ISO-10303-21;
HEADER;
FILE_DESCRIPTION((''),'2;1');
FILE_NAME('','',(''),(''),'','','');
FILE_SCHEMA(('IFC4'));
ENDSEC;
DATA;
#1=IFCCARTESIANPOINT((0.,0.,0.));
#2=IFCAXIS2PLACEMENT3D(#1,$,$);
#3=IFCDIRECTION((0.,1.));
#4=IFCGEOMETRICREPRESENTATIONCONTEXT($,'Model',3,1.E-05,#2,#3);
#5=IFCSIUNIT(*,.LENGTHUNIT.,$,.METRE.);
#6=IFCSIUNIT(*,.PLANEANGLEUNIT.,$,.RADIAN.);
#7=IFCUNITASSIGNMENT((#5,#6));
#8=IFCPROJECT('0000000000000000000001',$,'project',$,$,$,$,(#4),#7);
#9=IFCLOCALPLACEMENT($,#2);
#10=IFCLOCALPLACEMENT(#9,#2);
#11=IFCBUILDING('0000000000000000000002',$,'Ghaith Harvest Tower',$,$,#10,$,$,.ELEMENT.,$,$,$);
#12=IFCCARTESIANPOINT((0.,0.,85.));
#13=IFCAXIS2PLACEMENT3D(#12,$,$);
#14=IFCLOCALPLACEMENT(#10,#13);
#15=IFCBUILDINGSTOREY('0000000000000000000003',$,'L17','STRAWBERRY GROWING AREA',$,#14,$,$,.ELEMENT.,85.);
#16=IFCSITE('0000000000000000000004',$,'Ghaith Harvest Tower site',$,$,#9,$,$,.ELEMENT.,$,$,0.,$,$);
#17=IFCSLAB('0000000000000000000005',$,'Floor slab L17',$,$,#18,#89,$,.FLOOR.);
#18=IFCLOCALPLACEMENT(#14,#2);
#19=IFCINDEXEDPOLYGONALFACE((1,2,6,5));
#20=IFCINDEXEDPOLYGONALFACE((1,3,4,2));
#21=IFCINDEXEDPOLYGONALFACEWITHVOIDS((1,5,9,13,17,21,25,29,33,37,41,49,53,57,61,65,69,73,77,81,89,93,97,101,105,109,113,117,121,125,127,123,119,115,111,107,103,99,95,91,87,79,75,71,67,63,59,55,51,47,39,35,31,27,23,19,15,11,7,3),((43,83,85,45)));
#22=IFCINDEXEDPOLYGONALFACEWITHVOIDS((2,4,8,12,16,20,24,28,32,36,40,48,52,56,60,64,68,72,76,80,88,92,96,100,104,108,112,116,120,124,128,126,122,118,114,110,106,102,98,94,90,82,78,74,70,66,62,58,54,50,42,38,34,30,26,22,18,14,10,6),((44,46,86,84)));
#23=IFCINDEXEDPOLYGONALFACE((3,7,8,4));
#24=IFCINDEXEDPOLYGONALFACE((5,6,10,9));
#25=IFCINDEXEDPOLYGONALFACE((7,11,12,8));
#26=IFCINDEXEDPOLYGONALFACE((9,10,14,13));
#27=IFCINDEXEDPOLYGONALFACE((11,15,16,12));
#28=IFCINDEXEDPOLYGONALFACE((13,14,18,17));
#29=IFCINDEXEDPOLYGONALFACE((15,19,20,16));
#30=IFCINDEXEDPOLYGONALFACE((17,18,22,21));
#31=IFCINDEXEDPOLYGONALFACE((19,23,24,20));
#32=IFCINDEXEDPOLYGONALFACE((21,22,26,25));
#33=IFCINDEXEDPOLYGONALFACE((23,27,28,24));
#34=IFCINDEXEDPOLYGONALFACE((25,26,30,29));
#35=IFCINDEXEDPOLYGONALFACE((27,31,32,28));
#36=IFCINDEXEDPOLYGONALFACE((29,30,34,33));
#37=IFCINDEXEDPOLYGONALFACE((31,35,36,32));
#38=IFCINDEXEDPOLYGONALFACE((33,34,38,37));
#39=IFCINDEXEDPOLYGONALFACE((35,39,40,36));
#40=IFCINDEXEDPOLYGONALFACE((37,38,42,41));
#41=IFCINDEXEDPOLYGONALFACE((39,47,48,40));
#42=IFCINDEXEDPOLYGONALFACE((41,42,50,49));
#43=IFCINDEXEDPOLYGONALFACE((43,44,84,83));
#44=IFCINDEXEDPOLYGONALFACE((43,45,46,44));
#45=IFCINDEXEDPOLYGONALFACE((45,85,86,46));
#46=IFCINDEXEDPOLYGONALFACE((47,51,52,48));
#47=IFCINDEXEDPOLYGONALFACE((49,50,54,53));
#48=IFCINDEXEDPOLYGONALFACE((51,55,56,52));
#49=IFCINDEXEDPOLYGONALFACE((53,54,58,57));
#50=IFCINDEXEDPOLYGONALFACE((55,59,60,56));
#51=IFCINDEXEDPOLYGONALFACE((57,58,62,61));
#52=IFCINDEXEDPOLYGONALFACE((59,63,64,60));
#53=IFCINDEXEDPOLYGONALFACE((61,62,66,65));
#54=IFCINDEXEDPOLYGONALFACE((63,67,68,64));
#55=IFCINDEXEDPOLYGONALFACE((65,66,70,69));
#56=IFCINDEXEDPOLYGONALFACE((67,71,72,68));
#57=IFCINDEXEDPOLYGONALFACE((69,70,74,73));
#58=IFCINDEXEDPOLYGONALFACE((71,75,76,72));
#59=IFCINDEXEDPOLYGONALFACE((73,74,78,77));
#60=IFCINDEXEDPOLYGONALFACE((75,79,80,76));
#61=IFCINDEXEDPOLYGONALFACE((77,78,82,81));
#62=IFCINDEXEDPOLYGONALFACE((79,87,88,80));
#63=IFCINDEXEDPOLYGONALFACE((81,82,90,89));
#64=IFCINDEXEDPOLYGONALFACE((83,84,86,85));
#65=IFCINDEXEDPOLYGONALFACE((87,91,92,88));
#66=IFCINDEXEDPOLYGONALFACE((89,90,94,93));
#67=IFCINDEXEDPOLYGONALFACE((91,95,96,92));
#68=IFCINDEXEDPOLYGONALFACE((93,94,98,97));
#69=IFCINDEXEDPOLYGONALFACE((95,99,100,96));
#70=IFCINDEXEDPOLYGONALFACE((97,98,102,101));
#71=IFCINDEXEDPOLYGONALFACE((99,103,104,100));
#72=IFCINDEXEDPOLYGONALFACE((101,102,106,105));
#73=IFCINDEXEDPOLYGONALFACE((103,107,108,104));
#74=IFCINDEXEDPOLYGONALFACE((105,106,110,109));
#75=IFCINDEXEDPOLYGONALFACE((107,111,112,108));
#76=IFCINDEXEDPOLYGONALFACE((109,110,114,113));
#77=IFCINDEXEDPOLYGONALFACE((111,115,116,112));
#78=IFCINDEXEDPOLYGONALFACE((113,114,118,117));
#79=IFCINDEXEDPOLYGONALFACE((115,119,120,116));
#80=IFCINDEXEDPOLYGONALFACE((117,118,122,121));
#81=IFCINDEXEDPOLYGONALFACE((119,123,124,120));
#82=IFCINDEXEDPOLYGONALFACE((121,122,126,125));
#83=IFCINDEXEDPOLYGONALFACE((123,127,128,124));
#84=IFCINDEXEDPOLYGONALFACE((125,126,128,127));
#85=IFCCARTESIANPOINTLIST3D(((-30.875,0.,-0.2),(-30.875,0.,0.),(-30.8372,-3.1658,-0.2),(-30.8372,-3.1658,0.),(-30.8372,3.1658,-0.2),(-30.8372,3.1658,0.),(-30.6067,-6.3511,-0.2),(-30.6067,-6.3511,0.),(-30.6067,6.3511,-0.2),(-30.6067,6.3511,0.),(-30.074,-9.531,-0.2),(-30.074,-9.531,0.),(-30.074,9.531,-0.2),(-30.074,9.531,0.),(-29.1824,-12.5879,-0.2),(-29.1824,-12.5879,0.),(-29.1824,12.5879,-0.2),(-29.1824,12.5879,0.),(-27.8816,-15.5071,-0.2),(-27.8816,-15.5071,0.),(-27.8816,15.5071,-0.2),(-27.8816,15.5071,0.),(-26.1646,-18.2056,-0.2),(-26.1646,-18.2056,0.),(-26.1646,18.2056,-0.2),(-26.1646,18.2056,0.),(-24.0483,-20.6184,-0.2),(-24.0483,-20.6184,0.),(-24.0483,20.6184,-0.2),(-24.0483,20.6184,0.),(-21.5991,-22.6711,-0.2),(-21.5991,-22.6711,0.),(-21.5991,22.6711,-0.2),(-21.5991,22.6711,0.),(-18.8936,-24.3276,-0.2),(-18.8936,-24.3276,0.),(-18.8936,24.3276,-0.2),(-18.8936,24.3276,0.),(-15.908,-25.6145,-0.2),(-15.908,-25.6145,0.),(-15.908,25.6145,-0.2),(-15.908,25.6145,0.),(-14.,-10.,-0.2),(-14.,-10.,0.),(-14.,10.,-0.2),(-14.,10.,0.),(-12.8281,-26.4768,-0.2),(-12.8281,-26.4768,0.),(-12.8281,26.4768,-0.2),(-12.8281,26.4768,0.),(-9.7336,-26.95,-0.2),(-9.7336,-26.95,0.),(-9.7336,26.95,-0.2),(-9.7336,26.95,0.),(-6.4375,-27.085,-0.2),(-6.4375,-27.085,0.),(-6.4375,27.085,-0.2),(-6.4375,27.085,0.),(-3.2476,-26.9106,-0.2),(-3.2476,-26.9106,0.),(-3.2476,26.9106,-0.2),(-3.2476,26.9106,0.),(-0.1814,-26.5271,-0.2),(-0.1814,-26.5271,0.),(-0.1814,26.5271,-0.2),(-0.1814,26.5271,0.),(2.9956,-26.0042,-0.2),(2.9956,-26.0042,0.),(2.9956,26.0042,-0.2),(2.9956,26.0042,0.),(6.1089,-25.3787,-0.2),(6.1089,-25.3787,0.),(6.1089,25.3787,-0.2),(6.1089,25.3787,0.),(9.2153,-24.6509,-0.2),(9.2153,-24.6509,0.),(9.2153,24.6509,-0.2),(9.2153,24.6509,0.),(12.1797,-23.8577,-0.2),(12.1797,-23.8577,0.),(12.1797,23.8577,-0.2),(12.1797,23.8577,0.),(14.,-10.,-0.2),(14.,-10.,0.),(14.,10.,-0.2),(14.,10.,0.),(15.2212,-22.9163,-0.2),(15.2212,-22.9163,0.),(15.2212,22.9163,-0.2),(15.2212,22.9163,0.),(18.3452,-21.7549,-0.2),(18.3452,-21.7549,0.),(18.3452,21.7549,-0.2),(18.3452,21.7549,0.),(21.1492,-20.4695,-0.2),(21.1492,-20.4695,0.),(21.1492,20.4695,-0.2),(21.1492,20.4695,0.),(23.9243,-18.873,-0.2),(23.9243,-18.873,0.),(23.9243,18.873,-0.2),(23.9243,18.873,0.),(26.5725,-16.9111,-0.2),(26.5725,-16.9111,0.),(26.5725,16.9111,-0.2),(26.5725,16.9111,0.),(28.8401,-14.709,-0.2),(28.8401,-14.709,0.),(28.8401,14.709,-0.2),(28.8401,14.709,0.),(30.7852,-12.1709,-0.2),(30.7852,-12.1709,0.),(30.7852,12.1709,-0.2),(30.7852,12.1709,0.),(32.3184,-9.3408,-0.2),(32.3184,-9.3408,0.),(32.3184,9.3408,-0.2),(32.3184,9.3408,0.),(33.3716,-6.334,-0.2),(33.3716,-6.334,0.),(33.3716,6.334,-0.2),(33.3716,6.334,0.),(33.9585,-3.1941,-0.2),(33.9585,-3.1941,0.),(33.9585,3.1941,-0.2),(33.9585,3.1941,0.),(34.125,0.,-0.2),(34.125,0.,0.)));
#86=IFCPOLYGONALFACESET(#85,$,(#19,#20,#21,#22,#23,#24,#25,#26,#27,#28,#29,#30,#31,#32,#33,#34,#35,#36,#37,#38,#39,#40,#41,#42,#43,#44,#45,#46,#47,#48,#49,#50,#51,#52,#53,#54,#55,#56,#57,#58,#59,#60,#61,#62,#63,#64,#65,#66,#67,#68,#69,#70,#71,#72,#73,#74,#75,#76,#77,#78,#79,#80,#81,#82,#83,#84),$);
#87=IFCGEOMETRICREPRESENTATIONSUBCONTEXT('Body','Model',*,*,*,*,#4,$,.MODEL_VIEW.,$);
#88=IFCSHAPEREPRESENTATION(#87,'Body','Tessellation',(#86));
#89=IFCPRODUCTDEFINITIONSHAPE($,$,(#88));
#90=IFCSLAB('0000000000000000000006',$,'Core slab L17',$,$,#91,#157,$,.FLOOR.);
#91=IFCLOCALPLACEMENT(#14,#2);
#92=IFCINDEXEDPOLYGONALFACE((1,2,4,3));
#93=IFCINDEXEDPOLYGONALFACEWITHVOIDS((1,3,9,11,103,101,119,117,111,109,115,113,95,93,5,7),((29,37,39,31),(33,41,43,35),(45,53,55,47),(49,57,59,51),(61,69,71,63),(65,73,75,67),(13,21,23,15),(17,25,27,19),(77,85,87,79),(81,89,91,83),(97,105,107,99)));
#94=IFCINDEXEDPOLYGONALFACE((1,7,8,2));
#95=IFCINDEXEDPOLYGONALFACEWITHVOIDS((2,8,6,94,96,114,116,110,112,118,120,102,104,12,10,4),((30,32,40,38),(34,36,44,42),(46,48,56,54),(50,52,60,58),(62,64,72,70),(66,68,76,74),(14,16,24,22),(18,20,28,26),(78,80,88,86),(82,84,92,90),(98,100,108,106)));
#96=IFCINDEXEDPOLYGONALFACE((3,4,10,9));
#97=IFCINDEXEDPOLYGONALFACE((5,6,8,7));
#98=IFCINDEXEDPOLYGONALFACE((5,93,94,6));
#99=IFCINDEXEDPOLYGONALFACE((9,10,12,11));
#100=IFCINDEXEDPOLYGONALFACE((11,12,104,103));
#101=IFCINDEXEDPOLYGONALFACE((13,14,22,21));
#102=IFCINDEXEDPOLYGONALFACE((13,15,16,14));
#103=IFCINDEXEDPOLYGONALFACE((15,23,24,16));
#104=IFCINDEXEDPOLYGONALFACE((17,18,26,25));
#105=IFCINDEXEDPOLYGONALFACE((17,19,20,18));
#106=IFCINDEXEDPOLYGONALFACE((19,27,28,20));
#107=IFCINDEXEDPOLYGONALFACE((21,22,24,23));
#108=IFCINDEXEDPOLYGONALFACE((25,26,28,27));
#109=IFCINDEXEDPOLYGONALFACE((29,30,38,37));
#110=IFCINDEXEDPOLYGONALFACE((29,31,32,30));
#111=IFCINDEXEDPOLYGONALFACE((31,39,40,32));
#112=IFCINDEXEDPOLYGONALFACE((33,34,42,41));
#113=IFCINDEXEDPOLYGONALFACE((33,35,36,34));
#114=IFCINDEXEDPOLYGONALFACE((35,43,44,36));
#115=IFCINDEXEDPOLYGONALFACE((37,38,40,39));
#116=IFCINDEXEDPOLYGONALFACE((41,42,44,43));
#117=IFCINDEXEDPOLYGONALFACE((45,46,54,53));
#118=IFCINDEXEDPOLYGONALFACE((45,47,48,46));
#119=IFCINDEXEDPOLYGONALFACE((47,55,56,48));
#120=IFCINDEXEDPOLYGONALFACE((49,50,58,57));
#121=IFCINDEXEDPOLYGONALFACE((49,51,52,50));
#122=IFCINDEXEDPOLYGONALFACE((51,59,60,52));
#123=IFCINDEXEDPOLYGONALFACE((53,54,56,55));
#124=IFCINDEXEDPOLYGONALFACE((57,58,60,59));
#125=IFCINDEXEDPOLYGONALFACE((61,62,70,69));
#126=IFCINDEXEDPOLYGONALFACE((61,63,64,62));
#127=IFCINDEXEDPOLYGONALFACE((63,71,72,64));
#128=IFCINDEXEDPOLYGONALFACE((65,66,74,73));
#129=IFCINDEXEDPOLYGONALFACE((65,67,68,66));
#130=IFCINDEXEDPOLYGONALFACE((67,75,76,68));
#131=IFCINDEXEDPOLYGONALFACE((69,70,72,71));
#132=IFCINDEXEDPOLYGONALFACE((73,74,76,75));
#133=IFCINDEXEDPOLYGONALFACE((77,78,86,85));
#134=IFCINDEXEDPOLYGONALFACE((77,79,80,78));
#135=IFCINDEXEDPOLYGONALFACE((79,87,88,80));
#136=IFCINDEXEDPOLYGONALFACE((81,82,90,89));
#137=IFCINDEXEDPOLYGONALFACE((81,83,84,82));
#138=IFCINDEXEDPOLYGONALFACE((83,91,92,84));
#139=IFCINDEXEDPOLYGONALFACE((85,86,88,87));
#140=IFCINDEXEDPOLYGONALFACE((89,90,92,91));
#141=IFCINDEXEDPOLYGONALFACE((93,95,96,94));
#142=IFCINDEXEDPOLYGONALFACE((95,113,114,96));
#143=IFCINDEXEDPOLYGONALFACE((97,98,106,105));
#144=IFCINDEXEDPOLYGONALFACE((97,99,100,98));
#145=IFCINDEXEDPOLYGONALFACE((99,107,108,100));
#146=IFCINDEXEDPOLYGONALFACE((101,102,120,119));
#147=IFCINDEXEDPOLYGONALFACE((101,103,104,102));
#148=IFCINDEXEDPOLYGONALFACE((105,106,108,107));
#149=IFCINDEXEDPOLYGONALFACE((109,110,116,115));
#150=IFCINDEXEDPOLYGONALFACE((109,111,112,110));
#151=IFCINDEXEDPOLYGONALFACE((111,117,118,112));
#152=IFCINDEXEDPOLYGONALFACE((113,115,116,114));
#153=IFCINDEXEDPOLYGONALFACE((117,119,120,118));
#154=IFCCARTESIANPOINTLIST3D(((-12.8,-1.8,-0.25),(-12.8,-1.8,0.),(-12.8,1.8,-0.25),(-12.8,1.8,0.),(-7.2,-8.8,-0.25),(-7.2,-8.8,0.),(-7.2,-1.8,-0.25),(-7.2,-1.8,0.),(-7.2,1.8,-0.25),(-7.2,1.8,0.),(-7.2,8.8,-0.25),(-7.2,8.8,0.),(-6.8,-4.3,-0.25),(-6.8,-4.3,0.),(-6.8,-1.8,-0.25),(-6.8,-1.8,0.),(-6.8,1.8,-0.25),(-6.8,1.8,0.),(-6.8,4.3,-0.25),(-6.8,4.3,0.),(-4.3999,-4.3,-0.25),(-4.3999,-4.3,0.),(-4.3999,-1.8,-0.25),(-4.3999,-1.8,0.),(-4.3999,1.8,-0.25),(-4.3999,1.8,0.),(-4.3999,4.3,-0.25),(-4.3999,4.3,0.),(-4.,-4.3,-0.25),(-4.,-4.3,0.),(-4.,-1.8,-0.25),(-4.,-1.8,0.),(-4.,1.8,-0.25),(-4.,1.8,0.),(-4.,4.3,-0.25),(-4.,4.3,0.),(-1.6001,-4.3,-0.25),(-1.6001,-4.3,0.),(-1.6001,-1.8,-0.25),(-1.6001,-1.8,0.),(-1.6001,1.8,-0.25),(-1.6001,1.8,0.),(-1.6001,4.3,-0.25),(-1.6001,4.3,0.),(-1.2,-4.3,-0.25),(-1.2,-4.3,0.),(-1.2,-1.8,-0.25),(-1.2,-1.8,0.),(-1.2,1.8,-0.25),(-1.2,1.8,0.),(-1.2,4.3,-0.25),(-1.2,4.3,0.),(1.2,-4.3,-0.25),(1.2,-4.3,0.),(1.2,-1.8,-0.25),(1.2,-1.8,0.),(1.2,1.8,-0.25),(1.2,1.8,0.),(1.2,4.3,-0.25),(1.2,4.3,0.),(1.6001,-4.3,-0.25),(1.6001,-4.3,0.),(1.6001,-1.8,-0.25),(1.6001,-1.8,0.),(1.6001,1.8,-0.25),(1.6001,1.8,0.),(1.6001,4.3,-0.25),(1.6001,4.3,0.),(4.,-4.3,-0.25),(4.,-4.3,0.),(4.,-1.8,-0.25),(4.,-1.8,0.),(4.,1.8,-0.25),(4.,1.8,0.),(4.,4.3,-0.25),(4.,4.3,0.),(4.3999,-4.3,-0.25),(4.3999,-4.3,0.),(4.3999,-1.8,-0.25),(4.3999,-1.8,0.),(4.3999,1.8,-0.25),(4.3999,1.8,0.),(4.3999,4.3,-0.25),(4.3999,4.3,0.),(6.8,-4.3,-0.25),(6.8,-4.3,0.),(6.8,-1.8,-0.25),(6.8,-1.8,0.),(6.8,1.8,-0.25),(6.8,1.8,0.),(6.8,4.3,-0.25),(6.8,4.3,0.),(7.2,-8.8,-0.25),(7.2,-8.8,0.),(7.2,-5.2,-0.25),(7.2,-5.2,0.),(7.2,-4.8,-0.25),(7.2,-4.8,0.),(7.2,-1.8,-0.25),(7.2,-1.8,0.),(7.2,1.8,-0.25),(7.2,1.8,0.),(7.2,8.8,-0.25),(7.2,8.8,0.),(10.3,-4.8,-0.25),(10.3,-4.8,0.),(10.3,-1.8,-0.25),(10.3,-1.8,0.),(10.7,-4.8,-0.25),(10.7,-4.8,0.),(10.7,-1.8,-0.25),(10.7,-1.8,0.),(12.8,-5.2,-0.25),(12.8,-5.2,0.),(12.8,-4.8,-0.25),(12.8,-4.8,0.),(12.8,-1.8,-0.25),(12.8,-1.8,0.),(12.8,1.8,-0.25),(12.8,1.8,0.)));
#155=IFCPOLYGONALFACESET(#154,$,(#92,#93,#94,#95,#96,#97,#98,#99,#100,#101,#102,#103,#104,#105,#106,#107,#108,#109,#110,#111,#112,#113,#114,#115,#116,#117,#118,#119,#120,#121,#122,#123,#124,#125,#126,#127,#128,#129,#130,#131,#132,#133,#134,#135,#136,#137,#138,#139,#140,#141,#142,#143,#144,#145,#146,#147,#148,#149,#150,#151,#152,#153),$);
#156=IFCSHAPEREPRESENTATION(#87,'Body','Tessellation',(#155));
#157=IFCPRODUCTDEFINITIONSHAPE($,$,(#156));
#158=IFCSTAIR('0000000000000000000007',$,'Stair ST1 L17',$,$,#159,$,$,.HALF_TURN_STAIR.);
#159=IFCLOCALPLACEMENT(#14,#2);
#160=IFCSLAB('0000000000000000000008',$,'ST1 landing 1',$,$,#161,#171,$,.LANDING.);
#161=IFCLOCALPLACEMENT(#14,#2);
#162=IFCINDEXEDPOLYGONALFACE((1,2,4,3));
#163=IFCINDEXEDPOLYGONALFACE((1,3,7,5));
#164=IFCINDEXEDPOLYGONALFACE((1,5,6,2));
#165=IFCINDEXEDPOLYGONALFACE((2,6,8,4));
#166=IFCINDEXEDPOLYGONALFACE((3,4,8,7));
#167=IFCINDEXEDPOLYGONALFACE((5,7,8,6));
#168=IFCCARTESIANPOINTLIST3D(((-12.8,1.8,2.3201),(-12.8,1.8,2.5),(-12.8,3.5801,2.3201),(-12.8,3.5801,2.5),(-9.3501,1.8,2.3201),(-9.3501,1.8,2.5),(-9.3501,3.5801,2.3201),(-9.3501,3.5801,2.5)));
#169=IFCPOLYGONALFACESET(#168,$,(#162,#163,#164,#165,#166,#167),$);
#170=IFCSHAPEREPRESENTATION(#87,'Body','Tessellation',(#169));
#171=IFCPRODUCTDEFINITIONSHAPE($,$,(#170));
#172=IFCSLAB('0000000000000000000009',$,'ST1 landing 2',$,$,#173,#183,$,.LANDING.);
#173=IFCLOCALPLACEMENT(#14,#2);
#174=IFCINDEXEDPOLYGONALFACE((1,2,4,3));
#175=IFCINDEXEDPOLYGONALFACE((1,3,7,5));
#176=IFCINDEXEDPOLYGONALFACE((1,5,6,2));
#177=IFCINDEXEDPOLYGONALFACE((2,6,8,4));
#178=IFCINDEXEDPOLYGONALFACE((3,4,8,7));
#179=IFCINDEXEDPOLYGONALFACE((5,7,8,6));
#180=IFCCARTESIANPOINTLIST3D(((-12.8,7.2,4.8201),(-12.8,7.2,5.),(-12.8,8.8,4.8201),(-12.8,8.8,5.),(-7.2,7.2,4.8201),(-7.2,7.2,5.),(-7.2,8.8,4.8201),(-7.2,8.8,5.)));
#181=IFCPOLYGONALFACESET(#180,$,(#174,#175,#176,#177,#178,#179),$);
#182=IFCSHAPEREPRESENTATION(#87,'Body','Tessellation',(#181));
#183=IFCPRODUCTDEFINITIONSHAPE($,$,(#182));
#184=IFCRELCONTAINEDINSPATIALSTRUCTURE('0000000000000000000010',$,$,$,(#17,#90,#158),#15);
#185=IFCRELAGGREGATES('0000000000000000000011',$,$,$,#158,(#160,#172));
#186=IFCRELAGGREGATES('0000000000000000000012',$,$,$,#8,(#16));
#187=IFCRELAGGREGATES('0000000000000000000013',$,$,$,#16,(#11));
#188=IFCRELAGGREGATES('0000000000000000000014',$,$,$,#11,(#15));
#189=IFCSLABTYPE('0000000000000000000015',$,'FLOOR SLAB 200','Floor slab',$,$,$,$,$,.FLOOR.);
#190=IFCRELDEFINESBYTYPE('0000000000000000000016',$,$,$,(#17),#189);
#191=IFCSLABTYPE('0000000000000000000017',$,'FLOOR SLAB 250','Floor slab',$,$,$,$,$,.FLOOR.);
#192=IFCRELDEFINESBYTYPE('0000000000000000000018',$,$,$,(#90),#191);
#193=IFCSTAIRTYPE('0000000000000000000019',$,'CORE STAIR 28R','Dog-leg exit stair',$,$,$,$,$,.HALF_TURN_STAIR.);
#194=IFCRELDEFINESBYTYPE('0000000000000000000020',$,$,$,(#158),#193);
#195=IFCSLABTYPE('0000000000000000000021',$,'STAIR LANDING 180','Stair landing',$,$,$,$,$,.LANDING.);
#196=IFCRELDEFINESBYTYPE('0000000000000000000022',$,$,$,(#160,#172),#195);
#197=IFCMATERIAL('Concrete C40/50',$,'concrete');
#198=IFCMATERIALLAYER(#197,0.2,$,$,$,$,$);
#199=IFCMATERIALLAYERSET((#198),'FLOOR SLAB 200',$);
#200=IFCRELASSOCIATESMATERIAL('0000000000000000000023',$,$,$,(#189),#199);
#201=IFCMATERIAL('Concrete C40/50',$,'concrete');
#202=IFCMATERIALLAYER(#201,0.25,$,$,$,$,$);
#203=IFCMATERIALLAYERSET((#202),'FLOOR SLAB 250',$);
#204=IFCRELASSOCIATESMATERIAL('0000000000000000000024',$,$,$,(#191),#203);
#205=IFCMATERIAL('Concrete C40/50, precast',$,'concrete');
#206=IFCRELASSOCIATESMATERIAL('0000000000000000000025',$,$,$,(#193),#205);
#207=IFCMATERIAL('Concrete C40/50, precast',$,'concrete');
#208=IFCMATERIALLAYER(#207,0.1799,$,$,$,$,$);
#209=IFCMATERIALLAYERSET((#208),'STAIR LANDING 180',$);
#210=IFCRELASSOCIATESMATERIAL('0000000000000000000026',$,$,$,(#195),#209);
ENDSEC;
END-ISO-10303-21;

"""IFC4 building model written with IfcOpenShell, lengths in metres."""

from ifc_helpers import new_model, si_unit, direction, frame, origin, place, context, subcontext, project, spatial, polyline, outline, extrude, material, layer, layer_set, type_object, element, aggregate, save


model = new_model("IFC4")

# Units and contexts
model_context = context("Model", 3, precision=1e-05, world=origin(), true_north=direction((0.0, 1.0)))
body_context = subcontext(model_context, "Body", "Model", "MODEL_VIEW")
ifc_project = project(units=[si_unit("LENGTHUNIT", "METRE"), si_unit("PLANEANGLEUNIT", "RADIAN")], contexts=[model_context])

# Site, building, storey
site_placement = place(None, origin())
site = spatial("IfcSite", under=ifc_project, at=site_placement, Name="Ghaith Harvest Tower site", CompositionType="ELEMENT", RefElevation=0.0)
building_placement = place(site_placement, origin())
building = spatial("IfcBuilding", under=site, at=building_placement, Name="Ghaith Harvest Tower", CompositionType="ELEMENT")
storey_placement = place(building_placement, frame((0.0, 0.0, 85.0)))
storey = spatial("IfcBuildingStorey", under=building, at=storey_placement, Name="L17", Description="STRAWBERRY GROWING AREA", CompositionType="ELEMENT", Elevation=85.0)

# Slabs
ifc_material_1 = material(Name="Concrete C40/50", Category="concrete")
ifc_layer_1 = layer(ifc_material_1, 0.2)
ifc_layer_set_1 = layer_set([ifc_layer_1], Name="FLOOR SLAB 200")
slab_type_1 = type_object("IfcSlabType", Name="FLOOR SLAB 200", Description="Floor slab", PredefinedType="FLOOR", material=ifc_layer_set_1)
slab_1_placement = place(storey_placement, frame((0.0, 0.0, -0.2)))
element("IfcSlab", 1, at=slab_1_placement, inside=storey, type_object=slab_type_1, Name="Floor slab L17", PredefinedType="FLOOR", context=body_context, shape_type="SweptSolid", body=[
    extrude(outline(polyline([(34.125, 0.0), (33.9585, 3.1941), (33.3716, 6.334), (32.3184, 9.3408), (30.7852, 12.1709), (28.8401, 14.709), (26.5725, 16.9111), (23.9243, 18.873), (21.1492, 20.4695), (18.3452, 21.7549), (15.2212, 22.9163), (12.1797, 23.8577), (9.2153, 24.6509), (6.1089, 25.3787), (2.9956, 26.0042), (-0.1814, 26.5271), (-3.2476, 26.9106), (-6.4375, 27.085), (-9.7336, 26.95), (-12.8281, 26.4768), (-15.908, 25.6145), (-18.8936, 24.3276), (-21.5991, 22.6711), (-24.0483, 20.6184), (-26.1646, 18.2056), (-27.8816, 15.5071), (-29.1824, 12.5879), (-30.074, 9.531), (-30.6067, 6.3511), (-30.8372, 3.1658), (-30.875, 0.0), (-30.8372, -3.1658), (-30.6067, -6.3511), (-30.074, -9.531), (-29.1824, -12.5879), (-27.8816, -15.5071), (-26.1646, -18.2056), (-24.0483, -20.6184), (-21.5991, -22.6711), (-18.8936, -24.3276), (-15.908, -25.6145), (-12.8281, -26.4768), (-9.7336, -26.95), (-6.4375, -27.085), (-3.2476, -26.9106), (-0.1814, -26.5271), (2.9956, -26.0042), (6.1089, -25.3787), (9.2153, -24.6509), (12.1797, -23.8577), (15.2212, -22.9163), (18.3452, -21.7549), (21.1492, -20.4695), (23.9243, -18.873), (26.5725, -16.9111), (28.8401, -14.709), (30.7852, -12.1709), (32.3184, -9.3408), (33.3716, -6.334), (33.9585, -3.1941), (34.125, 0.0)]), holes=[polyline([(-14.0, -10.0), (14.0, -10.0), (14.0, 10.0), (-14.0, 10.0), (-14.0, -10.0)])]), origin(), (0.0, 0.0, 1.0), 0.2),
])
ifc_material_2 = material(Name="Concrete C40/50", Category="concrete")
ifc_layer_2 = layer(ifc_material_2, 0.25)
ifc_layer_set_2 = layer_set([ifc_layer_2], Name="FLOOR SLAB 250")
slab_type_2 = type_object("IfcSlabType", Name="FLOOR SLAB 250", Description="Floor slab", PredefinedType="FLOOR", material=ifc_layer_set_2)
slab_2_placement = place(storey_placement, frame((0.0, 0.0, -0.25)))
element("IfcSlab", 2, at=slab_2_placement, inside=storey, type_object=slab_type_2, Name="Core slab L17", PredefinedType="FLOOR", context=body_context, shape_type="SweptSolid", body=[
    extrude(outline(polyline([(-12.8, 1.8), (-7.2, 1.8), (-7.2, 8.8), (7.2, 8.8), (7.2, 1.8), (12.8, 1.8), (12.8, -1.8), (10.7, -1.8), (10.7, -4.8), (12.8, -4.8), (12.8, -5.2), (7.2, -5.2), (7.2, -8.8), (-7.2, -8.8), (-7.2, -1.8), (-12.8, -1.8), (-12.8, 1.8)]), holes=[polyline([(-4.3999, -4.3), (-4.3999, -1.8), (-6.8, -1.8), (-6.8, -4.3), (-4.3999, -4.3)]), polyline([(-1.6001, -4.3), (-1.6001, -1.8), (-4.0, -1.8), (-4.0, -4.3), (-1.6001, -4.3)]), polyline([(1.2, -4.3), (1.2, -1.8), (-1.2, -1.8), (-1.2, -4.3), (1.2, -4.3)]), polyline([(-4.3999, 1.8), (-4.3999, 4.3), (-6.8, 4.3), (-6.8, 1.8), (-4.3999, 1.8)]), polyline([(-1.6001, 1.8), (-1.6001, 4.3), (-4.0, 4.3), (-4.0, 1.8), (-1.6001, 1.8)]), polyline([(1.2, 1.8), (1.2, 4.3), (-1.2, 4.3), (-1.2, 1.8), (1.2, 1.8)]), polyline([(10.3, -4.8), (10.3, -1.8), (7.2, -1.8), (7.2, -4.8), (10.3, -4.8)]), polyline([(4.0, -4.3), (4.0, -1.8), (1.6001, -1.8), (1.6001, -4.3), (4.0, -4.3)]), polyline([(6.8, -4.3), (6.8, -1.8), (4.3999, -1.8), (4.3999, -4.3), (6.8, -4.3)]), polyline([(4.0, 1.8), (4.0, 4.3), (1.6001, 4.3), (1.6001, 1.8), (4.0, 1.8)]), polyline([(6.8, 1.8), (6.8, 4.3), (4.3999, 4.3), (4.3999, 1.8), (6.8, 1.8)])]), origin(), (0.0, 0.0, 1.0), 0.25),
])

# Stair, slabs
ifc_material_3 = material(Name="Concrete C40/50, precast", Category="concrete")
stair_type = type_object("IfcStairType", Name="CORE STAIR 28R", Description="Dog-leg exit stair", PredefinedType="HALF_TURN_STAIR", material=ifc_material_3)
stair_placement = place(storey_placement, origin())
stair = element("IfcStair", 3, at=stair_placement, inside=storey, type_object=stair_type, Name="Stair ST1 L17", PredefinedType="HALF_TURN_STAIR")
ifc_material_4 = material(Name="Concrete C40/50, precast", Category="concrete")
ifc_layer_3 = layer(ifc_material_4, 0.1799)
ifc_layer_set_3 = layer_set([ifc_layer_3], Name="STAIR LANDING 180")
slab_type_3 = type_object("IfcSlabType", Name="STAIR LANDING 180", Description="Stair landing", PredefinedType="LANDING", material=ifc_layer_set_3)
slab_3_placement = place(storey_placement, frame((0.0, 0.0, 2.3201)))
slab_3 = element("IfcSlab", 4, at=slab_3_placement, type_object=slab_type_3, Name="ST1 landing 1", PredefinedType="LANDING", context=body_context, shape_type="SweptSolid", body=[
    extrude(outline(polyline([(-12.8, 3.5801), (-12.8, 1.8), (-9.3501, 1.8), (-9.3501, 3.5801), (-12.8, 3.5801)])), origin(), (0.0, 0.0, 1.0), 0.1799),
])
slab_4_placement = place(storey_placement, frame((0.0, 0.0, 4.8201)))
slab_4 = element("IfcSlab", 5, at=slab_4_placement, type_object=slab_type_3, Name="ST1 landing 2", PredefinedType="LANDING", context=body_context, shape_type="SweptSolid", body=[
    extrude(outline(polyline([(-12.8, 8.8), (-12.8, 7.2), (-7.2, 7.2), (-7.2, 8.8), (-12.8, 8.8)])), origin(), (0.0, 0.0, 1.0), 0.1799),
])
aggregate(stair, [slab_3, slab_4])

save(model, "model.ifc")
